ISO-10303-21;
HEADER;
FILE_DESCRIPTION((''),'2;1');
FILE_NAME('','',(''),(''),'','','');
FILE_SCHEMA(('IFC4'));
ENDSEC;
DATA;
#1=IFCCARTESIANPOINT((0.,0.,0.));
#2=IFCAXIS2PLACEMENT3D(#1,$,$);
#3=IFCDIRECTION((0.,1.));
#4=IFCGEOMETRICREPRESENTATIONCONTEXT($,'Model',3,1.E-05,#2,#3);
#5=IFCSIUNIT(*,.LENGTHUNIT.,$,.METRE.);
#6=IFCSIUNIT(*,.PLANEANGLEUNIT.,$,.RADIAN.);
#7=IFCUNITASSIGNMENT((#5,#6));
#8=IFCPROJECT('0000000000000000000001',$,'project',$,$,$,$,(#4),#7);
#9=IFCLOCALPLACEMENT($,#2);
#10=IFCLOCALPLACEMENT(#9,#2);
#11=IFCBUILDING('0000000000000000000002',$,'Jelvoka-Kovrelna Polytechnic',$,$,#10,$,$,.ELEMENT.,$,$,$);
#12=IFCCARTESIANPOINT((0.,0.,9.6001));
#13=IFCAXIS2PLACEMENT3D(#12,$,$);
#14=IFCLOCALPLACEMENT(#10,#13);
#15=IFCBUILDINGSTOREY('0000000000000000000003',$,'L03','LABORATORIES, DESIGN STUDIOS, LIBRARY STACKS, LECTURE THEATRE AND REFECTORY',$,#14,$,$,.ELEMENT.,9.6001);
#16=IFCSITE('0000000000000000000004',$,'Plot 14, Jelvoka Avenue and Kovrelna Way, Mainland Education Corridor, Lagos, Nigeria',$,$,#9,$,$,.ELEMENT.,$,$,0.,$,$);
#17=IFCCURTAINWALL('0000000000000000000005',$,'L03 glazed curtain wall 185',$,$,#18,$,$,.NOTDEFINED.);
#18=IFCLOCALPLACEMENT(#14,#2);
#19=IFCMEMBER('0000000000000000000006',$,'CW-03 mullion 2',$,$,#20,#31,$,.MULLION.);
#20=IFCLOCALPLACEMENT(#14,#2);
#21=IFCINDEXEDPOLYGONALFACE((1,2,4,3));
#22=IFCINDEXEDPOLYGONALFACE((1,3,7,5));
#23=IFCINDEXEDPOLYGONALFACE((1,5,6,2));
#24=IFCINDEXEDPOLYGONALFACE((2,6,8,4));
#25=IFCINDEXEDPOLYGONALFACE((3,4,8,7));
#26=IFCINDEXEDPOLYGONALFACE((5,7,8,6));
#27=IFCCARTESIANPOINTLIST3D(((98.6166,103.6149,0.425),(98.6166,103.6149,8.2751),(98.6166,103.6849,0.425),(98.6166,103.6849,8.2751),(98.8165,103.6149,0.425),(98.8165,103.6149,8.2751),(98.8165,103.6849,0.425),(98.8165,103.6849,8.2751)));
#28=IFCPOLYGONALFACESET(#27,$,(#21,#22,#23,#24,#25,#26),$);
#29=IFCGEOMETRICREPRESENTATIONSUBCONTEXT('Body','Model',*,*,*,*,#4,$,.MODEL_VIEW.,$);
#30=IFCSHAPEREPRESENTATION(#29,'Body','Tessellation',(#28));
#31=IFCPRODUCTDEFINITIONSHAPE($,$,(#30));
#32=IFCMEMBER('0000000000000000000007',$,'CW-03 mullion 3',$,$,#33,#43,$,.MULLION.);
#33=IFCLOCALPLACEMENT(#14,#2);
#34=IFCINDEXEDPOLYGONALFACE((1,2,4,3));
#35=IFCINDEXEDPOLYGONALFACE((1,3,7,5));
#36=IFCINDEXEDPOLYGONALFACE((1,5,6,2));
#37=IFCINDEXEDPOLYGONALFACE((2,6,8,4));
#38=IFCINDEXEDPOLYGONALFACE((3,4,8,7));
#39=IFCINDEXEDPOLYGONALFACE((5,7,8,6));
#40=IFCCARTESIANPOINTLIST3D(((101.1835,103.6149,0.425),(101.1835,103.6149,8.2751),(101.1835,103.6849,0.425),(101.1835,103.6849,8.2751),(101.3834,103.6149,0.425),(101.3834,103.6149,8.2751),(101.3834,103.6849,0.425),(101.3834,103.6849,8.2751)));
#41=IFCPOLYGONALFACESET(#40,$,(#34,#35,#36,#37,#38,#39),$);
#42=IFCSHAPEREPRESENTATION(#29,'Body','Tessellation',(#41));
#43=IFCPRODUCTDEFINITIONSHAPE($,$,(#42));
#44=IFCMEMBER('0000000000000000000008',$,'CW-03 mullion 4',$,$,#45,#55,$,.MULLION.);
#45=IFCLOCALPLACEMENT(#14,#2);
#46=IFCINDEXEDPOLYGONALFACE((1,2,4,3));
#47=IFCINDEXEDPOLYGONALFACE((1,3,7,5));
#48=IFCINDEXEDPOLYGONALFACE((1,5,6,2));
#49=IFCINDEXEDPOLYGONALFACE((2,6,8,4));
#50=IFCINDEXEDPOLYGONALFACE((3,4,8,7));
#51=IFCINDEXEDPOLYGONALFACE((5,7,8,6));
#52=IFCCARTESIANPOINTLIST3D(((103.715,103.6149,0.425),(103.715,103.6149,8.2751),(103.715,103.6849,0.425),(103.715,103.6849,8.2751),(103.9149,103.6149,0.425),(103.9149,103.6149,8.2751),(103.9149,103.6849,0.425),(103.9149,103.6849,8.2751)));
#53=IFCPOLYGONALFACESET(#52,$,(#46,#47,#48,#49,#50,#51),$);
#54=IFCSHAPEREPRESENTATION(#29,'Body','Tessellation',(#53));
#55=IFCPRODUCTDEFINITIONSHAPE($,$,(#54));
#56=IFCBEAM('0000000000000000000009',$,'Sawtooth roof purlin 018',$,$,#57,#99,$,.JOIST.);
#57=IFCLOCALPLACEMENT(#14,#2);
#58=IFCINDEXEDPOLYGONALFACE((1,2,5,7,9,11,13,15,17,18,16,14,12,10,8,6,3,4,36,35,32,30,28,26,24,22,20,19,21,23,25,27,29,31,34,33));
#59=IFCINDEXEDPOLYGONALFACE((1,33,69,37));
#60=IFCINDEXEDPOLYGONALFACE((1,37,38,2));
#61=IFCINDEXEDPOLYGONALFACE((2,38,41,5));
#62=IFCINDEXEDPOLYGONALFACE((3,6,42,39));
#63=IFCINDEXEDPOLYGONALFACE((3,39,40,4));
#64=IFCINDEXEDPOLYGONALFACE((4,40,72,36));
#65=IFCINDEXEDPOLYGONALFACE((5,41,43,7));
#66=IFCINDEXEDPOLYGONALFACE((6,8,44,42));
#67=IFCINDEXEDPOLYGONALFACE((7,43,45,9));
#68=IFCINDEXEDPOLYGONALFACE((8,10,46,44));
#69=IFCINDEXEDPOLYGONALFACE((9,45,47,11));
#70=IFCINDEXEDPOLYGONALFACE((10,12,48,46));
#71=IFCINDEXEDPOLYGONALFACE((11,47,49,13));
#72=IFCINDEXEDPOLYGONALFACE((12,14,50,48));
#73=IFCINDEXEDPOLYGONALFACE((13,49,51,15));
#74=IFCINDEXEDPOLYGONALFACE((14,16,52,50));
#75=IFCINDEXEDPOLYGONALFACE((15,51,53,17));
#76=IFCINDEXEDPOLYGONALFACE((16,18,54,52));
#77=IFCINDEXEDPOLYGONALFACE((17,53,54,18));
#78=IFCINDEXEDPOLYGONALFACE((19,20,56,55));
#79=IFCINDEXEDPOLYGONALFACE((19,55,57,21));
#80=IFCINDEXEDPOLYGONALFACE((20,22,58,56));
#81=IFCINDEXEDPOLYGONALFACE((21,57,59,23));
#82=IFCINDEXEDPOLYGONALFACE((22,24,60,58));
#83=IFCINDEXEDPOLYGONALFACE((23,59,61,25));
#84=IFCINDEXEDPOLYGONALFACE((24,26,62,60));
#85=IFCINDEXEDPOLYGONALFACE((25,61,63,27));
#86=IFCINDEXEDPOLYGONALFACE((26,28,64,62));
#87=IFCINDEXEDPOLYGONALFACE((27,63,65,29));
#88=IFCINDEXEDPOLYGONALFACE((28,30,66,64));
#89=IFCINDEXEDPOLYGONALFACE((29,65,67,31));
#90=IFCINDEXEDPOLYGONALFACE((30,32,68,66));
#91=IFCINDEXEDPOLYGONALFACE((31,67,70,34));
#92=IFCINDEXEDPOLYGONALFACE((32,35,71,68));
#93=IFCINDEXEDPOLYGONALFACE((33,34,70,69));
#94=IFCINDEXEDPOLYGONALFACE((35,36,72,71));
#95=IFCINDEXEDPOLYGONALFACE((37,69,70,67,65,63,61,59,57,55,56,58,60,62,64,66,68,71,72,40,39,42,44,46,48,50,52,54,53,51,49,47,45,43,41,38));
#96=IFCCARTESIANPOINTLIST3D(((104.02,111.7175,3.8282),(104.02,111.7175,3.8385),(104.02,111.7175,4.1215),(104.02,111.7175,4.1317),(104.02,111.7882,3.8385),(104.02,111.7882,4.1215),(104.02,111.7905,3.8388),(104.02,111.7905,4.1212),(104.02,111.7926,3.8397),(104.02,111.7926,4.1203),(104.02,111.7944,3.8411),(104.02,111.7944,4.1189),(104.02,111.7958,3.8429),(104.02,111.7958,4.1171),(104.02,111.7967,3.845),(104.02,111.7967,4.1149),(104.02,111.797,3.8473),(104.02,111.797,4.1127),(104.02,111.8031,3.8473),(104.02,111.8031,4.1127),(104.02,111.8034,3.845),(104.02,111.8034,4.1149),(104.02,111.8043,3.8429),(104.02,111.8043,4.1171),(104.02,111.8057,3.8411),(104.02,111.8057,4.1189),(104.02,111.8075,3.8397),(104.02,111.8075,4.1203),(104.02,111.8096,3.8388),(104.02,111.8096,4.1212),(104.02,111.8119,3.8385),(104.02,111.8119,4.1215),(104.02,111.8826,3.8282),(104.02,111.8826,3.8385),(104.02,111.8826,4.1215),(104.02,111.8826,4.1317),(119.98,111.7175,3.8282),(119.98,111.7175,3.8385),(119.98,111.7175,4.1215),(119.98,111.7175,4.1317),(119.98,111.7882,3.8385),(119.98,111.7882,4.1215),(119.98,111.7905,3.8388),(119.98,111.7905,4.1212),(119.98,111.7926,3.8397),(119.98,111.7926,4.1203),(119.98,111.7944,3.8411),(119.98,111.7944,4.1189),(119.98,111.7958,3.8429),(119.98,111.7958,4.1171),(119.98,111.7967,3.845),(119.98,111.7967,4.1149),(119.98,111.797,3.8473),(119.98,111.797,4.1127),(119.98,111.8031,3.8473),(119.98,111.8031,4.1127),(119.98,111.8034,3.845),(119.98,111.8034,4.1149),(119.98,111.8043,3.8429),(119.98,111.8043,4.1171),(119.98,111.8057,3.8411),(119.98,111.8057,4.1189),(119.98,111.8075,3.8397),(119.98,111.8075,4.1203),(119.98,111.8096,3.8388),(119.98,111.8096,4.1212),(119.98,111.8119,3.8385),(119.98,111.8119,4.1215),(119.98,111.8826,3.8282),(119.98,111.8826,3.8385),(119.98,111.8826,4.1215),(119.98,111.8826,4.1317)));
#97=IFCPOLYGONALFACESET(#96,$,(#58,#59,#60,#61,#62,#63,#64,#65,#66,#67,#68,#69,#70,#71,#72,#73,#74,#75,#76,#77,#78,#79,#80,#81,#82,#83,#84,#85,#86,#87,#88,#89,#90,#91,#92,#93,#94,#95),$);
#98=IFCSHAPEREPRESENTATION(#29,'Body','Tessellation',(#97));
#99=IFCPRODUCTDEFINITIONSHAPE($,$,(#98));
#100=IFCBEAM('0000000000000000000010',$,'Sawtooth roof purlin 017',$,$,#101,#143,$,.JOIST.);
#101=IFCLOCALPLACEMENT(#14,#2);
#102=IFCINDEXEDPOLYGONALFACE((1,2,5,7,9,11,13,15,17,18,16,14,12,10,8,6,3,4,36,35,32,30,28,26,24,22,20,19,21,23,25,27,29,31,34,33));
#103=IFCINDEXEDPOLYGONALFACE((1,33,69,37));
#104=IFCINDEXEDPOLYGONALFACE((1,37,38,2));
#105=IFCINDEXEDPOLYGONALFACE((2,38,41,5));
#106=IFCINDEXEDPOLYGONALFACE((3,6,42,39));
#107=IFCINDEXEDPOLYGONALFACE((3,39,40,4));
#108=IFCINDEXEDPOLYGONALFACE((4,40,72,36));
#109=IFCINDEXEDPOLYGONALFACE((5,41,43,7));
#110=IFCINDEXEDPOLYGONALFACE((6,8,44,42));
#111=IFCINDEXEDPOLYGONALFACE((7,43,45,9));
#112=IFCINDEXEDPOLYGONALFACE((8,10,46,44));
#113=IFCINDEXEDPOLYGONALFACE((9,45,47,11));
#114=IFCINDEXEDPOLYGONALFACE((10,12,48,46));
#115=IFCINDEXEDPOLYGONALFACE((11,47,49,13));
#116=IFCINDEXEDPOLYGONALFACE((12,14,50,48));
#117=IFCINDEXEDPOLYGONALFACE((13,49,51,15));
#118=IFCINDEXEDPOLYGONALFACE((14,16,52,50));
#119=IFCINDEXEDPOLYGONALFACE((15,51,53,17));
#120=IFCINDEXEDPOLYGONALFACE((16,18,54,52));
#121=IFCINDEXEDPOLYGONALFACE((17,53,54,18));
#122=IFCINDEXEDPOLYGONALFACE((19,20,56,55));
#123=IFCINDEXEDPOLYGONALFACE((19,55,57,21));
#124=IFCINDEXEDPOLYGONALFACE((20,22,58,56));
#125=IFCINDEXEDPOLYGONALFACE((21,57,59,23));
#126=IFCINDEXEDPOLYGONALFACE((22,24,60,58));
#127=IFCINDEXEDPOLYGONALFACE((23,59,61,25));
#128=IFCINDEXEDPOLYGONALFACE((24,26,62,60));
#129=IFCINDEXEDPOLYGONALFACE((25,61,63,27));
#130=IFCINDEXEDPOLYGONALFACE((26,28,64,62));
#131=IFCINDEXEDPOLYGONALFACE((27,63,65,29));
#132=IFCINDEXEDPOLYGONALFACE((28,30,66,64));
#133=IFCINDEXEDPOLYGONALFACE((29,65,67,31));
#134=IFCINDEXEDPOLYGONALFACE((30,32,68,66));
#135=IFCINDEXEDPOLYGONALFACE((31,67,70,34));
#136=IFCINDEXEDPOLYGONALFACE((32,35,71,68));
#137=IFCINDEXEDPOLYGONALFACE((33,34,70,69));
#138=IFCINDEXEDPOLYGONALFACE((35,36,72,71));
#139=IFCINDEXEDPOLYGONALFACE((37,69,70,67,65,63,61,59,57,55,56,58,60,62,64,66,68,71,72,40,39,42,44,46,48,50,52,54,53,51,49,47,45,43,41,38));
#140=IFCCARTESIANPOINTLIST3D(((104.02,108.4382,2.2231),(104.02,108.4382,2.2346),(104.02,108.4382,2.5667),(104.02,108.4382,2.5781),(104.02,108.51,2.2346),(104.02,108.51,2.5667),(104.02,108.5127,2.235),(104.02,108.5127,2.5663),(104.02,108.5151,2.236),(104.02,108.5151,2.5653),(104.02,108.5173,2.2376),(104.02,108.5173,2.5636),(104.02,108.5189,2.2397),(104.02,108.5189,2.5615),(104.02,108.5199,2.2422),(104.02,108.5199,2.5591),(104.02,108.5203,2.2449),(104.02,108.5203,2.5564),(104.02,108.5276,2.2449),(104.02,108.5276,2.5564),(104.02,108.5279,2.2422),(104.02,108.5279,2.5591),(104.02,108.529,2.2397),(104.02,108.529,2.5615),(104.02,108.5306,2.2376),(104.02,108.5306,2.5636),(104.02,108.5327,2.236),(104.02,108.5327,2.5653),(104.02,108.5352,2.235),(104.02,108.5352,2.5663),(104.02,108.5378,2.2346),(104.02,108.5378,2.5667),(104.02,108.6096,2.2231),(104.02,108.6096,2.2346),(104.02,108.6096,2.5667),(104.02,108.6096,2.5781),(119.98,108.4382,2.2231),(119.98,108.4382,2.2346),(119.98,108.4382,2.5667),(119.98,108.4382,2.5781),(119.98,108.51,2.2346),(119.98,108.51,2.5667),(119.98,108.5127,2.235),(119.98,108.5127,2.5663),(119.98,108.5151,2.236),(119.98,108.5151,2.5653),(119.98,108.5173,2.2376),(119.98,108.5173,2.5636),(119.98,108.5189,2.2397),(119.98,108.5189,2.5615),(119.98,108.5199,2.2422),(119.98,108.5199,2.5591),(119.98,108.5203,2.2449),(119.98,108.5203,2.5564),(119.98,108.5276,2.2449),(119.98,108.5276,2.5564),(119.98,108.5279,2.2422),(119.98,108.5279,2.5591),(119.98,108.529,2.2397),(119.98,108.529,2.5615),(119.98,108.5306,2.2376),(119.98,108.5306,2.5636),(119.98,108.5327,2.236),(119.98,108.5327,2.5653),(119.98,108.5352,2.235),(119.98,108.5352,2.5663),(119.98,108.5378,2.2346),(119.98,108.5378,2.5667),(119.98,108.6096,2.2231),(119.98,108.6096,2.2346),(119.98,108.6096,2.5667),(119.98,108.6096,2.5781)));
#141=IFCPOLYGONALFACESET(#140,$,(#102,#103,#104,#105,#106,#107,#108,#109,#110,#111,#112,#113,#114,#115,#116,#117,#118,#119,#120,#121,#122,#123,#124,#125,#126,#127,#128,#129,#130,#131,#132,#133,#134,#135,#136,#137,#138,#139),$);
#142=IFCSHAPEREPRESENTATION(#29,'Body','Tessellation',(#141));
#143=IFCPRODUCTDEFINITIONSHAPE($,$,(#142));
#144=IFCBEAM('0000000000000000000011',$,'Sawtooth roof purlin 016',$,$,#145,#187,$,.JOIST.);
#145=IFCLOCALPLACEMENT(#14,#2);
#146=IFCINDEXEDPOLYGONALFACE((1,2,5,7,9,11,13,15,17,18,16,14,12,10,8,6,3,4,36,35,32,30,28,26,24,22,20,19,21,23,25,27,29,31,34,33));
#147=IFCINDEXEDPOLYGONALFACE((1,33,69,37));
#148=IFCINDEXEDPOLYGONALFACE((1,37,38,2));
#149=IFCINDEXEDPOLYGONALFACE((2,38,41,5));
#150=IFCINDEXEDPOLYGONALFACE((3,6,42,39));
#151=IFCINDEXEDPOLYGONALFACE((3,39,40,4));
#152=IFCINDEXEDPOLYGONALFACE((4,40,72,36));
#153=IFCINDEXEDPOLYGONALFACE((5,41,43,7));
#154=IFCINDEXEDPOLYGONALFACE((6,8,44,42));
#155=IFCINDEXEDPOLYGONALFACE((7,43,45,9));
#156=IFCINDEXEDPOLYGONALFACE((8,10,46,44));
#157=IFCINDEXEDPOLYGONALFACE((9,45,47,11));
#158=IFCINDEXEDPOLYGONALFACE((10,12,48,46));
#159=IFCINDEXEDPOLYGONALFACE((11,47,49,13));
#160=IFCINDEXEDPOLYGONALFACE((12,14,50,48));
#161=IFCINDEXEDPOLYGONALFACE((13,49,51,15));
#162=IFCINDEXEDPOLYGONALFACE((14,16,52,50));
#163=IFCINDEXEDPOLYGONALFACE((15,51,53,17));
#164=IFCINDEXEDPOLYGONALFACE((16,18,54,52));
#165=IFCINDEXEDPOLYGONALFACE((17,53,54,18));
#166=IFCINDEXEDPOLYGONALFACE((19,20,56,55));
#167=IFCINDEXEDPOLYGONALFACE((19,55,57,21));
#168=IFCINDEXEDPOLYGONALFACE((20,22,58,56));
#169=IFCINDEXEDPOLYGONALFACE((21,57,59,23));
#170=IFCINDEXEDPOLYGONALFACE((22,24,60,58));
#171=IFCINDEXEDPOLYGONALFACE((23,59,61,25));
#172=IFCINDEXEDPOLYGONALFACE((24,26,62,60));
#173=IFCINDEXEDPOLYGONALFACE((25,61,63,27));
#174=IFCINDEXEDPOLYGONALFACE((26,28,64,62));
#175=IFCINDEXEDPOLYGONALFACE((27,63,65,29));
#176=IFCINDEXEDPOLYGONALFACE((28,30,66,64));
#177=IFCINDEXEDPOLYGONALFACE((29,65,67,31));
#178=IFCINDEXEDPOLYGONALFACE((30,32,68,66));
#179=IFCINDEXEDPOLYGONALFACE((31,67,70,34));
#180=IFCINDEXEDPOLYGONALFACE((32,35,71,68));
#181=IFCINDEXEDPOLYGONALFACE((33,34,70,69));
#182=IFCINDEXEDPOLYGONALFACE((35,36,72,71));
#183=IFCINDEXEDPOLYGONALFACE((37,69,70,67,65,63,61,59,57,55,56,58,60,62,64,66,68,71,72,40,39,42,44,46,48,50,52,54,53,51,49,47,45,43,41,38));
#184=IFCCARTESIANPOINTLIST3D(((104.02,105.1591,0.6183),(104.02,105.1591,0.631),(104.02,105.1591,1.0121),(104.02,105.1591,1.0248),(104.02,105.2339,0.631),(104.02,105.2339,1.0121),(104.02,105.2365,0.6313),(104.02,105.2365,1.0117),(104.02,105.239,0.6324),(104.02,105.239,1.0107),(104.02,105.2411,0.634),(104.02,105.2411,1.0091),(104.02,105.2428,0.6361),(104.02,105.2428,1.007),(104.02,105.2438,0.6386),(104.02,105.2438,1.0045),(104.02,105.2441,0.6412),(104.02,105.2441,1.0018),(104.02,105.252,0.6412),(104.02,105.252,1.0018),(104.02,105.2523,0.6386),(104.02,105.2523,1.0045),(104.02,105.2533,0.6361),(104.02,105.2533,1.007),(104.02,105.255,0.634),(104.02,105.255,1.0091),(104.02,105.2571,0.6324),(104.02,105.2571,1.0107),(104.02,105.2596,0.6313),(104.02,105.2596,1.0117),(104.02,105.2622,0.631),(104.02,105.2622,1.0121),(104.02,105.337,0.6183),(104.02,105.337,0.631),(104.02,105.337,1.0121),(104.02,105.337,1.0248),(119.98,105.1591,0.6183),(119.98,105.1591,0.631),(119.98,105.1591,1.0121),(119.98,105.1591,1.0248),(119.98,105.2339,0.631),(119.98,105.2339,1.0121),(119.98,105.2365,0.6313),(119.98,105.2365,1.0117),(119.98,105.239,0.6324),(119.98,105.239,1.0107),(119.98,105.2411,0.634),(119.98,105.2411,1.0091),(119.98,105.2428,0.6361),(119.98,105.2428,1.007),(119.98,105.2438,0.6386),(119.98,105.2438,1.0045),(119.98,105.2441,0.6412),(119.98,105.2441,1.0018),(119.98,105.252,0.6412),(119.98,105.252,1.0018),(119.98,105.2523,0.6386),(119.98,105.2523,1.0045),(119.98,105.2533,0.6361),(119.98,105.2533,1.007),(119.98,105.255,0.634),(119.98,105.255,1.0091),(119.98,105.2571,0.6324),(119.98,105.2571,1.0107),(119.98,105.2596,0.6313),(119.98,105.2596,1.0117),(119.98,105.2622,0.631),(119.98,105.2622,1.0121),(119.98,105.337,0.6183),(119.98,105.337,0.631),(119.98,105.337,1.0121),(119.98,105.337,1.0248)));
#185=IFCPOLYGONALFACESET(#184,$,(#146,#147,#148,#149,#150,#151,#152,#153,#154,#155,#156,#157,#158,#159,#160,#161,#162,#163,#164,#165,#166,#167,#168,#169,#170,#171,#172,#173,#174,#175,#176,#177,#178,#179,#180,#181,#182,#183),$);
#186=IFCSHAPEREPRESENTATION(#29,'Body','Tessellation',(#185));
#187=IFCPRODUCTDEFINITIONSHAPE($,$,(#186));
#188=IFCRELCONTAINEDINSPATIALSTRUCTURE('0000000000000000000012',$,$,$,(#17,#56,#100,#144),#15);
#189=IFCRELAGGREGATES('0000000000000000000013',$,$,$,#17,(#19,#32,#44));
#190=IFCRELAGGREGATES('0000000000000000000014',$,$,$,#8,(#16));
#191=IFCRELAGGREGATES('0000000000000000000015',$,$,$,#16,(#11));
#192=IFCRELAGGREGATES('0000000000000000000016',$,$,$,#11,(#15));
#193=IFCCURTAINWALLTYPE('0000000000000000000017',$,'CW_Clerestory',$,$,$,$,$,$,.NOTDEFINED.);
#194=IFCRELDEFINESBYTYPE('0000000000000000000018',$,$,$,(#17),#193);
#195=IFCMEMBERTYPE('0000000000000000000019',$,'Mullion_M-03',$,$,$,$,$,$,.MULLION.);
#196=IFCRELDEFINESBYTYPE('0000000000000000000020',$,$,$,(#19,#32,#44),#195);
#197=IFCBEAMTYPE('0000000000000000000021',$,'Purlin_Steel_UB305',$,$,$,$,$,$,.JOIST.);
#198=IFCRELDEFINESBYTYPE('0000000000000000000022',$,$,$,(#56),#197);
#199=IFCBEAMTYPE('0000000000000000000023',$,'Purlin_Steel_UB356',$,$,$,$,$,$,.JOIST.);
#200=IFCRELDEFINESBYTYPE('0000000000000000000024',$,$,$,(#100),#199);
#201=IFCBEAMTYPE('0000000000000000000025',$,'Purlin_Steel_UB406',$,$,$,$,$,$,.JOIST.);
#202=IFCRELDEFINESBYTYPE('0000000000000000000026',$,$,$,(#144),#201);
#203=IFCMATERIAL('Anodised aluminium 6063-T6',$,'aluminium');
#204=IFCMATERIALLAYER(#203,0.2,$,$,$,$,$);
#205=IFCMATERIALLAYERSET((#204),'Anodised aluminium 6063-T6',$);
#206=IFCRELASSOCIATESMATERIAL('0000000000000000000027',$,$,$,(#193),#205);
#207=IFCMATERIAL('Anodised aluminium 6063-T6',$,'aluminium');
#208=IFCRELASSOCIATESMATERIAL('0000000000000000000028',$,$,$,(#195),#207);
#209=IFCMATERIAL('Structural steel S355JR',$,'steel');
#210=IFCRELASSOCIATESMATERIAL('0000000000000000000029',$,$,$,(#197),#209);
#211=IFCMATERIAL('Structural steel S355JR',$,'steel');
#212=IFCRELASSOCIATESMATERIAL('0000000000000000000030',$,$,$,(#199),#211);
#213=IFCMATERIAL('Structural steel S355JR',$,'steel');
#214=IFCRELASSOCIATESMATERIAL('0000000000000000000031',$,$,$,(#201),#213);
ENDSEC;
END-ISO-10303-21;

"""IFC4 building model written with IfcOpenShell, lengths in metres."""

from ifc_helpers import new_model, si_unit, direction, frame, origin, origin_2d, place, context, subcontext, project, spatial, rectangle, i_section, extrude, material, layer, layer_set, material_profile, profile_set, type_object, element, aggregate, save


model = new_model("IFC4")

# Units and contexts
model_context = context("Model", 3, precision=1e-05, world=origin(), true_north=direction((0.0, 1.0)))
body_context = subcontext(model_context, "Body", "Model", "MODEL_VIEW")
ifc_project = project(units=[si_unit("LENGTHUNIT", "METRE"), si_unit("PLANEANGLEUNIT", "RADIAN")], contexts=[model_context])

# Site, building, storey
site_placement = place(None, origin())
site = spatial("IfcSite", under=ifc_project, at=site_placement, Name="Plot 14, Jelvoka Avenue and Kovrelna Way, Mainland Education Corridor, Lagos, Nigeria", CompositionType="ELEMENT", RefElevation=0.0)
building_placement = place(site_placement, origin())
building = spatial("IfcBuilding", under=site, at=building_placement, Name="Jelvoka-Kovrelna Polytechnic", CompositionType="ELEMENT")
storey_placement = place(building_placement, frame((0.0, 0.0, 9.6001)))
storey = spatial("IfcBuildingStorey", under=building, at=storey_placement, Name="L03", Description="LABORATORIES, DESIGN STUDIOS, LIBRARY STACKS, LECTURE THEATRE AND REFECTORY", CompositionType="ELEMENT", Elevation=9.6001)

# Curtain wall, members
ifc_material_1 = material(Name="Anodised aluminium 6063-T6", Category="aluminium")
ifc_layer_1 = layer(ifc_material_1, 0.2)
ifc_layer_set_1 = layer_set([ifc_layer_1], Name="Anodised aluminium 6063-T6")
curtain_wall_type = type_object("IfcCurtainWallType", Name="CW_Clerestory", PredefinedType="NOTDEFINED", material=ifc_layer_set_1)
curtain_wall_placement = place(storey_placement, origin())
curtain_wall = element("IfcCurtainWall", 1, at=curtain_wall_placement, inside=storey, type_object=curtain_wall_type, Name="L03 glazed curtain wall 185", PredefinedType="NOTDEFINED")
ifc_material_2 = material(Name="Anodised aluminium 6063-T6", Category="aluminium")
ifc_material_profile_1 = material_profile(ifc_material_2, rectangle(XDim=0.0701, YDim=0.2, at=origin_2d()), Name="ALU 70x200")
ifc_profile_set_1 = profile_set([ifc_material_profile_1], Name="Anodised aluminium 6063-T6")
member_type_1 = type_object("IfcMemberType", Name="Mullion_M-03", PredefinedType="MULLION", material=ifc_profile_set_1)
member_1_placement = place(storey_placement, frame((98.7166, 103.6499, 0.425), z_axis=(0.0, 0.0, 1.0), x_axis=(0.0, 1.0, 0.0)))
member_1 = element("IfcMember", 2, at=member_1_placement, type_object=member_type_1, Name="CW-03 mullion 2", PredefinedType="MULLION", context=body_context, shape_type="SweptSolid", body=[
    extrude(rectangle(XDim=0.0701, YDim=0.2, at=origin_2d()), origin(), (0.0, 0.0, 1.0), 7.8501),
])
member_2_placement = place(storey_placement, frame((101.2834, 103.6499, 0.425), z_axis=(0.0, 0.0, 1.0), x_axis=(0.0, 1.0, 0.0)))
member_2 = element("IfcMember", 3, at=member_2_placement, type_object=member_type_1, Name="CW-03 mullion 3", PredefinedType="MULLION", context=body_context, shape_type="SweptSolid", body=[
    extrude(rectangle(XDim=0.0701, YDim=0.2, at=origin_2d()), origin(), (0.0, 0.0, 1.0), 7.8501),
])
member_3_placement = place(storey_placement, frame((103.8149, 103.6499, 0.425), z_axis=(0.0, 0.0, 1.0), x_axis=(0.0, 1.0, 0.0)))
member_3 = element("IfcMember", 4, at=member_3_placement, type_object=member_type_1, Name="CW-03 mullion 4", PredefinedType="MULLION", context=body_context, shape_type="SweptSolid", body=[
    extrude(rectangle(XDim=0.0701, YDim=0.2, at=origin_2d()), origin(), (0.0, 0.0, 1.0), 7.8501),
])

# Beams
ifc_material_3 = material(Name="Structural steel S355JR", Category="steel")
ifc_material_profile_2 = material_profile(ifc_material_3, i_section(OverallWidth=0.165, OverallDepth=0.3035, WebThickness=0.0061, FlangeThickness=0.0103, FilletRadius=0.0088, at=origin_2d()), Name="305x165x40 UB")
ifc_profile_set_2 = profile_set([ifc_material_profile_2], Name="Structural steel S355JR")
beam_type_1 = type_object("IfcBeamType", Name="Purlin_Steel_UB305", PredefinedType="JOIST", material=ifc_profile_set_2)
beam_1_placement = place(storey_placement, frame((104.02, 111.8, 3.98), z_axis=(1.0, 0.0, 0.0), x_axis=(0.0, 1.0, 0.0)))
element("IfcBeam", 5, at=beam_1_placement, inside=storey, type_object=beam_type_1, Name="Sawtooth roof purlin 018", PredefinedType="JOIST", context=body_context, shape_type="SweptSolid", body=[
    extrude(i_section(OverallWidth=0.165, OverallDepth=0.3035, WebThickness=0.0061, FlangeThickness=0.0103, FilletRadius=0.0088, at=origin_2d()), origin(), (0.0, 0.0, 1.0), 15.96),
])
ifc_material_4 = material(Name="Structural steel S355JR", Category="steel")
ifc_material_profile_3 = material_profile(ifc_material_4, i_section(OverallWidth=0.1714, OverallDepth=0.355, WebThickness=0.0073, FlangeThickness=0.0115, FilletRadius=0.0103, at=origin_2d()), Name="356x171x51 UB")
ifc_profile_set_3 = profile_set([ifc_material_profile_3], Name="Structural steel S355JR")
beam_type_2 = type_object("IfcBeamType", Name="Purlin_Steel_UB356", PredefinedType="JOIST", material=ifc_profile_set_3)
beam_2_placement = place(storey_placement, frame((104.02, 108.5239, 2.4006), z_axis=(1.0, 0.0, 0.0), x_axis=(0.0, 1.0, 0.0)))
element("IfcBeam", 6, at=beam_2_placement, inside=storey, type_object=beam_type_2, Name="Sawtooth roof purlin 017", PredefinedType="JOIST", context=body_context, shape_type="SweptSolid", body=[
    extrude(i_section(OverallWidth=0.1714, OverallDepth=0.355, WebThickness=0.0073, FlangeThickness=0.0115, FilletRadius=0.0103, at=origin_2d()), origin(), (0.0, 0.0, 1.0), 15.96),
])
ifc_material_5 = material(Name="Structural steel S355JR", Category="steel")
ifc_material_profile_4 = material_profile(ifc_material_5, i_section(OverallWidth=0.178, OverallDepth=0.4065, WebThickness=0.0078, FlangeThickness=0.0127, FilletRadius=0.0103, at=origin_2d()), Name="406x178x60 UB")
ifc_profile_set_4 = profile_set([ifc_material_profile_4], Name="Structural steel S355JR")
beam_type_3 = type_object("IfcBeamType", Name="Purlin_Steel_UB406", PredefinedType="JOIST", material=ifc_profile_set_4)
beam_3_placement = place(storey_placement, frame((104.02, 105.248, 0.8215), z_axis=(1.0, 0.0, 0.0), x_axis=(0.0, 1.0, 0.0)))
element("IfcBeam", 7, at=beam_3_placement, inside=storey, type_object=beam_type_3, Name="Sawtooth roof purlin 016", PredefinedType="JOIST", context=body_context, shape_type="SweptSolid", body=[
    extrude(i_section(OverallWidth=0.178, OverallDepth=0.4065, WebThickness=0.0078, FlangeThickness=0.0127, FilletRadius=0.0103, at=origin_2d()), origin(), (0.0, 0.0, 1.0), 15.96),
])

aggregate(curtain_wall, [member_1, member_2, member_3])

save(model, "model.ifc")
